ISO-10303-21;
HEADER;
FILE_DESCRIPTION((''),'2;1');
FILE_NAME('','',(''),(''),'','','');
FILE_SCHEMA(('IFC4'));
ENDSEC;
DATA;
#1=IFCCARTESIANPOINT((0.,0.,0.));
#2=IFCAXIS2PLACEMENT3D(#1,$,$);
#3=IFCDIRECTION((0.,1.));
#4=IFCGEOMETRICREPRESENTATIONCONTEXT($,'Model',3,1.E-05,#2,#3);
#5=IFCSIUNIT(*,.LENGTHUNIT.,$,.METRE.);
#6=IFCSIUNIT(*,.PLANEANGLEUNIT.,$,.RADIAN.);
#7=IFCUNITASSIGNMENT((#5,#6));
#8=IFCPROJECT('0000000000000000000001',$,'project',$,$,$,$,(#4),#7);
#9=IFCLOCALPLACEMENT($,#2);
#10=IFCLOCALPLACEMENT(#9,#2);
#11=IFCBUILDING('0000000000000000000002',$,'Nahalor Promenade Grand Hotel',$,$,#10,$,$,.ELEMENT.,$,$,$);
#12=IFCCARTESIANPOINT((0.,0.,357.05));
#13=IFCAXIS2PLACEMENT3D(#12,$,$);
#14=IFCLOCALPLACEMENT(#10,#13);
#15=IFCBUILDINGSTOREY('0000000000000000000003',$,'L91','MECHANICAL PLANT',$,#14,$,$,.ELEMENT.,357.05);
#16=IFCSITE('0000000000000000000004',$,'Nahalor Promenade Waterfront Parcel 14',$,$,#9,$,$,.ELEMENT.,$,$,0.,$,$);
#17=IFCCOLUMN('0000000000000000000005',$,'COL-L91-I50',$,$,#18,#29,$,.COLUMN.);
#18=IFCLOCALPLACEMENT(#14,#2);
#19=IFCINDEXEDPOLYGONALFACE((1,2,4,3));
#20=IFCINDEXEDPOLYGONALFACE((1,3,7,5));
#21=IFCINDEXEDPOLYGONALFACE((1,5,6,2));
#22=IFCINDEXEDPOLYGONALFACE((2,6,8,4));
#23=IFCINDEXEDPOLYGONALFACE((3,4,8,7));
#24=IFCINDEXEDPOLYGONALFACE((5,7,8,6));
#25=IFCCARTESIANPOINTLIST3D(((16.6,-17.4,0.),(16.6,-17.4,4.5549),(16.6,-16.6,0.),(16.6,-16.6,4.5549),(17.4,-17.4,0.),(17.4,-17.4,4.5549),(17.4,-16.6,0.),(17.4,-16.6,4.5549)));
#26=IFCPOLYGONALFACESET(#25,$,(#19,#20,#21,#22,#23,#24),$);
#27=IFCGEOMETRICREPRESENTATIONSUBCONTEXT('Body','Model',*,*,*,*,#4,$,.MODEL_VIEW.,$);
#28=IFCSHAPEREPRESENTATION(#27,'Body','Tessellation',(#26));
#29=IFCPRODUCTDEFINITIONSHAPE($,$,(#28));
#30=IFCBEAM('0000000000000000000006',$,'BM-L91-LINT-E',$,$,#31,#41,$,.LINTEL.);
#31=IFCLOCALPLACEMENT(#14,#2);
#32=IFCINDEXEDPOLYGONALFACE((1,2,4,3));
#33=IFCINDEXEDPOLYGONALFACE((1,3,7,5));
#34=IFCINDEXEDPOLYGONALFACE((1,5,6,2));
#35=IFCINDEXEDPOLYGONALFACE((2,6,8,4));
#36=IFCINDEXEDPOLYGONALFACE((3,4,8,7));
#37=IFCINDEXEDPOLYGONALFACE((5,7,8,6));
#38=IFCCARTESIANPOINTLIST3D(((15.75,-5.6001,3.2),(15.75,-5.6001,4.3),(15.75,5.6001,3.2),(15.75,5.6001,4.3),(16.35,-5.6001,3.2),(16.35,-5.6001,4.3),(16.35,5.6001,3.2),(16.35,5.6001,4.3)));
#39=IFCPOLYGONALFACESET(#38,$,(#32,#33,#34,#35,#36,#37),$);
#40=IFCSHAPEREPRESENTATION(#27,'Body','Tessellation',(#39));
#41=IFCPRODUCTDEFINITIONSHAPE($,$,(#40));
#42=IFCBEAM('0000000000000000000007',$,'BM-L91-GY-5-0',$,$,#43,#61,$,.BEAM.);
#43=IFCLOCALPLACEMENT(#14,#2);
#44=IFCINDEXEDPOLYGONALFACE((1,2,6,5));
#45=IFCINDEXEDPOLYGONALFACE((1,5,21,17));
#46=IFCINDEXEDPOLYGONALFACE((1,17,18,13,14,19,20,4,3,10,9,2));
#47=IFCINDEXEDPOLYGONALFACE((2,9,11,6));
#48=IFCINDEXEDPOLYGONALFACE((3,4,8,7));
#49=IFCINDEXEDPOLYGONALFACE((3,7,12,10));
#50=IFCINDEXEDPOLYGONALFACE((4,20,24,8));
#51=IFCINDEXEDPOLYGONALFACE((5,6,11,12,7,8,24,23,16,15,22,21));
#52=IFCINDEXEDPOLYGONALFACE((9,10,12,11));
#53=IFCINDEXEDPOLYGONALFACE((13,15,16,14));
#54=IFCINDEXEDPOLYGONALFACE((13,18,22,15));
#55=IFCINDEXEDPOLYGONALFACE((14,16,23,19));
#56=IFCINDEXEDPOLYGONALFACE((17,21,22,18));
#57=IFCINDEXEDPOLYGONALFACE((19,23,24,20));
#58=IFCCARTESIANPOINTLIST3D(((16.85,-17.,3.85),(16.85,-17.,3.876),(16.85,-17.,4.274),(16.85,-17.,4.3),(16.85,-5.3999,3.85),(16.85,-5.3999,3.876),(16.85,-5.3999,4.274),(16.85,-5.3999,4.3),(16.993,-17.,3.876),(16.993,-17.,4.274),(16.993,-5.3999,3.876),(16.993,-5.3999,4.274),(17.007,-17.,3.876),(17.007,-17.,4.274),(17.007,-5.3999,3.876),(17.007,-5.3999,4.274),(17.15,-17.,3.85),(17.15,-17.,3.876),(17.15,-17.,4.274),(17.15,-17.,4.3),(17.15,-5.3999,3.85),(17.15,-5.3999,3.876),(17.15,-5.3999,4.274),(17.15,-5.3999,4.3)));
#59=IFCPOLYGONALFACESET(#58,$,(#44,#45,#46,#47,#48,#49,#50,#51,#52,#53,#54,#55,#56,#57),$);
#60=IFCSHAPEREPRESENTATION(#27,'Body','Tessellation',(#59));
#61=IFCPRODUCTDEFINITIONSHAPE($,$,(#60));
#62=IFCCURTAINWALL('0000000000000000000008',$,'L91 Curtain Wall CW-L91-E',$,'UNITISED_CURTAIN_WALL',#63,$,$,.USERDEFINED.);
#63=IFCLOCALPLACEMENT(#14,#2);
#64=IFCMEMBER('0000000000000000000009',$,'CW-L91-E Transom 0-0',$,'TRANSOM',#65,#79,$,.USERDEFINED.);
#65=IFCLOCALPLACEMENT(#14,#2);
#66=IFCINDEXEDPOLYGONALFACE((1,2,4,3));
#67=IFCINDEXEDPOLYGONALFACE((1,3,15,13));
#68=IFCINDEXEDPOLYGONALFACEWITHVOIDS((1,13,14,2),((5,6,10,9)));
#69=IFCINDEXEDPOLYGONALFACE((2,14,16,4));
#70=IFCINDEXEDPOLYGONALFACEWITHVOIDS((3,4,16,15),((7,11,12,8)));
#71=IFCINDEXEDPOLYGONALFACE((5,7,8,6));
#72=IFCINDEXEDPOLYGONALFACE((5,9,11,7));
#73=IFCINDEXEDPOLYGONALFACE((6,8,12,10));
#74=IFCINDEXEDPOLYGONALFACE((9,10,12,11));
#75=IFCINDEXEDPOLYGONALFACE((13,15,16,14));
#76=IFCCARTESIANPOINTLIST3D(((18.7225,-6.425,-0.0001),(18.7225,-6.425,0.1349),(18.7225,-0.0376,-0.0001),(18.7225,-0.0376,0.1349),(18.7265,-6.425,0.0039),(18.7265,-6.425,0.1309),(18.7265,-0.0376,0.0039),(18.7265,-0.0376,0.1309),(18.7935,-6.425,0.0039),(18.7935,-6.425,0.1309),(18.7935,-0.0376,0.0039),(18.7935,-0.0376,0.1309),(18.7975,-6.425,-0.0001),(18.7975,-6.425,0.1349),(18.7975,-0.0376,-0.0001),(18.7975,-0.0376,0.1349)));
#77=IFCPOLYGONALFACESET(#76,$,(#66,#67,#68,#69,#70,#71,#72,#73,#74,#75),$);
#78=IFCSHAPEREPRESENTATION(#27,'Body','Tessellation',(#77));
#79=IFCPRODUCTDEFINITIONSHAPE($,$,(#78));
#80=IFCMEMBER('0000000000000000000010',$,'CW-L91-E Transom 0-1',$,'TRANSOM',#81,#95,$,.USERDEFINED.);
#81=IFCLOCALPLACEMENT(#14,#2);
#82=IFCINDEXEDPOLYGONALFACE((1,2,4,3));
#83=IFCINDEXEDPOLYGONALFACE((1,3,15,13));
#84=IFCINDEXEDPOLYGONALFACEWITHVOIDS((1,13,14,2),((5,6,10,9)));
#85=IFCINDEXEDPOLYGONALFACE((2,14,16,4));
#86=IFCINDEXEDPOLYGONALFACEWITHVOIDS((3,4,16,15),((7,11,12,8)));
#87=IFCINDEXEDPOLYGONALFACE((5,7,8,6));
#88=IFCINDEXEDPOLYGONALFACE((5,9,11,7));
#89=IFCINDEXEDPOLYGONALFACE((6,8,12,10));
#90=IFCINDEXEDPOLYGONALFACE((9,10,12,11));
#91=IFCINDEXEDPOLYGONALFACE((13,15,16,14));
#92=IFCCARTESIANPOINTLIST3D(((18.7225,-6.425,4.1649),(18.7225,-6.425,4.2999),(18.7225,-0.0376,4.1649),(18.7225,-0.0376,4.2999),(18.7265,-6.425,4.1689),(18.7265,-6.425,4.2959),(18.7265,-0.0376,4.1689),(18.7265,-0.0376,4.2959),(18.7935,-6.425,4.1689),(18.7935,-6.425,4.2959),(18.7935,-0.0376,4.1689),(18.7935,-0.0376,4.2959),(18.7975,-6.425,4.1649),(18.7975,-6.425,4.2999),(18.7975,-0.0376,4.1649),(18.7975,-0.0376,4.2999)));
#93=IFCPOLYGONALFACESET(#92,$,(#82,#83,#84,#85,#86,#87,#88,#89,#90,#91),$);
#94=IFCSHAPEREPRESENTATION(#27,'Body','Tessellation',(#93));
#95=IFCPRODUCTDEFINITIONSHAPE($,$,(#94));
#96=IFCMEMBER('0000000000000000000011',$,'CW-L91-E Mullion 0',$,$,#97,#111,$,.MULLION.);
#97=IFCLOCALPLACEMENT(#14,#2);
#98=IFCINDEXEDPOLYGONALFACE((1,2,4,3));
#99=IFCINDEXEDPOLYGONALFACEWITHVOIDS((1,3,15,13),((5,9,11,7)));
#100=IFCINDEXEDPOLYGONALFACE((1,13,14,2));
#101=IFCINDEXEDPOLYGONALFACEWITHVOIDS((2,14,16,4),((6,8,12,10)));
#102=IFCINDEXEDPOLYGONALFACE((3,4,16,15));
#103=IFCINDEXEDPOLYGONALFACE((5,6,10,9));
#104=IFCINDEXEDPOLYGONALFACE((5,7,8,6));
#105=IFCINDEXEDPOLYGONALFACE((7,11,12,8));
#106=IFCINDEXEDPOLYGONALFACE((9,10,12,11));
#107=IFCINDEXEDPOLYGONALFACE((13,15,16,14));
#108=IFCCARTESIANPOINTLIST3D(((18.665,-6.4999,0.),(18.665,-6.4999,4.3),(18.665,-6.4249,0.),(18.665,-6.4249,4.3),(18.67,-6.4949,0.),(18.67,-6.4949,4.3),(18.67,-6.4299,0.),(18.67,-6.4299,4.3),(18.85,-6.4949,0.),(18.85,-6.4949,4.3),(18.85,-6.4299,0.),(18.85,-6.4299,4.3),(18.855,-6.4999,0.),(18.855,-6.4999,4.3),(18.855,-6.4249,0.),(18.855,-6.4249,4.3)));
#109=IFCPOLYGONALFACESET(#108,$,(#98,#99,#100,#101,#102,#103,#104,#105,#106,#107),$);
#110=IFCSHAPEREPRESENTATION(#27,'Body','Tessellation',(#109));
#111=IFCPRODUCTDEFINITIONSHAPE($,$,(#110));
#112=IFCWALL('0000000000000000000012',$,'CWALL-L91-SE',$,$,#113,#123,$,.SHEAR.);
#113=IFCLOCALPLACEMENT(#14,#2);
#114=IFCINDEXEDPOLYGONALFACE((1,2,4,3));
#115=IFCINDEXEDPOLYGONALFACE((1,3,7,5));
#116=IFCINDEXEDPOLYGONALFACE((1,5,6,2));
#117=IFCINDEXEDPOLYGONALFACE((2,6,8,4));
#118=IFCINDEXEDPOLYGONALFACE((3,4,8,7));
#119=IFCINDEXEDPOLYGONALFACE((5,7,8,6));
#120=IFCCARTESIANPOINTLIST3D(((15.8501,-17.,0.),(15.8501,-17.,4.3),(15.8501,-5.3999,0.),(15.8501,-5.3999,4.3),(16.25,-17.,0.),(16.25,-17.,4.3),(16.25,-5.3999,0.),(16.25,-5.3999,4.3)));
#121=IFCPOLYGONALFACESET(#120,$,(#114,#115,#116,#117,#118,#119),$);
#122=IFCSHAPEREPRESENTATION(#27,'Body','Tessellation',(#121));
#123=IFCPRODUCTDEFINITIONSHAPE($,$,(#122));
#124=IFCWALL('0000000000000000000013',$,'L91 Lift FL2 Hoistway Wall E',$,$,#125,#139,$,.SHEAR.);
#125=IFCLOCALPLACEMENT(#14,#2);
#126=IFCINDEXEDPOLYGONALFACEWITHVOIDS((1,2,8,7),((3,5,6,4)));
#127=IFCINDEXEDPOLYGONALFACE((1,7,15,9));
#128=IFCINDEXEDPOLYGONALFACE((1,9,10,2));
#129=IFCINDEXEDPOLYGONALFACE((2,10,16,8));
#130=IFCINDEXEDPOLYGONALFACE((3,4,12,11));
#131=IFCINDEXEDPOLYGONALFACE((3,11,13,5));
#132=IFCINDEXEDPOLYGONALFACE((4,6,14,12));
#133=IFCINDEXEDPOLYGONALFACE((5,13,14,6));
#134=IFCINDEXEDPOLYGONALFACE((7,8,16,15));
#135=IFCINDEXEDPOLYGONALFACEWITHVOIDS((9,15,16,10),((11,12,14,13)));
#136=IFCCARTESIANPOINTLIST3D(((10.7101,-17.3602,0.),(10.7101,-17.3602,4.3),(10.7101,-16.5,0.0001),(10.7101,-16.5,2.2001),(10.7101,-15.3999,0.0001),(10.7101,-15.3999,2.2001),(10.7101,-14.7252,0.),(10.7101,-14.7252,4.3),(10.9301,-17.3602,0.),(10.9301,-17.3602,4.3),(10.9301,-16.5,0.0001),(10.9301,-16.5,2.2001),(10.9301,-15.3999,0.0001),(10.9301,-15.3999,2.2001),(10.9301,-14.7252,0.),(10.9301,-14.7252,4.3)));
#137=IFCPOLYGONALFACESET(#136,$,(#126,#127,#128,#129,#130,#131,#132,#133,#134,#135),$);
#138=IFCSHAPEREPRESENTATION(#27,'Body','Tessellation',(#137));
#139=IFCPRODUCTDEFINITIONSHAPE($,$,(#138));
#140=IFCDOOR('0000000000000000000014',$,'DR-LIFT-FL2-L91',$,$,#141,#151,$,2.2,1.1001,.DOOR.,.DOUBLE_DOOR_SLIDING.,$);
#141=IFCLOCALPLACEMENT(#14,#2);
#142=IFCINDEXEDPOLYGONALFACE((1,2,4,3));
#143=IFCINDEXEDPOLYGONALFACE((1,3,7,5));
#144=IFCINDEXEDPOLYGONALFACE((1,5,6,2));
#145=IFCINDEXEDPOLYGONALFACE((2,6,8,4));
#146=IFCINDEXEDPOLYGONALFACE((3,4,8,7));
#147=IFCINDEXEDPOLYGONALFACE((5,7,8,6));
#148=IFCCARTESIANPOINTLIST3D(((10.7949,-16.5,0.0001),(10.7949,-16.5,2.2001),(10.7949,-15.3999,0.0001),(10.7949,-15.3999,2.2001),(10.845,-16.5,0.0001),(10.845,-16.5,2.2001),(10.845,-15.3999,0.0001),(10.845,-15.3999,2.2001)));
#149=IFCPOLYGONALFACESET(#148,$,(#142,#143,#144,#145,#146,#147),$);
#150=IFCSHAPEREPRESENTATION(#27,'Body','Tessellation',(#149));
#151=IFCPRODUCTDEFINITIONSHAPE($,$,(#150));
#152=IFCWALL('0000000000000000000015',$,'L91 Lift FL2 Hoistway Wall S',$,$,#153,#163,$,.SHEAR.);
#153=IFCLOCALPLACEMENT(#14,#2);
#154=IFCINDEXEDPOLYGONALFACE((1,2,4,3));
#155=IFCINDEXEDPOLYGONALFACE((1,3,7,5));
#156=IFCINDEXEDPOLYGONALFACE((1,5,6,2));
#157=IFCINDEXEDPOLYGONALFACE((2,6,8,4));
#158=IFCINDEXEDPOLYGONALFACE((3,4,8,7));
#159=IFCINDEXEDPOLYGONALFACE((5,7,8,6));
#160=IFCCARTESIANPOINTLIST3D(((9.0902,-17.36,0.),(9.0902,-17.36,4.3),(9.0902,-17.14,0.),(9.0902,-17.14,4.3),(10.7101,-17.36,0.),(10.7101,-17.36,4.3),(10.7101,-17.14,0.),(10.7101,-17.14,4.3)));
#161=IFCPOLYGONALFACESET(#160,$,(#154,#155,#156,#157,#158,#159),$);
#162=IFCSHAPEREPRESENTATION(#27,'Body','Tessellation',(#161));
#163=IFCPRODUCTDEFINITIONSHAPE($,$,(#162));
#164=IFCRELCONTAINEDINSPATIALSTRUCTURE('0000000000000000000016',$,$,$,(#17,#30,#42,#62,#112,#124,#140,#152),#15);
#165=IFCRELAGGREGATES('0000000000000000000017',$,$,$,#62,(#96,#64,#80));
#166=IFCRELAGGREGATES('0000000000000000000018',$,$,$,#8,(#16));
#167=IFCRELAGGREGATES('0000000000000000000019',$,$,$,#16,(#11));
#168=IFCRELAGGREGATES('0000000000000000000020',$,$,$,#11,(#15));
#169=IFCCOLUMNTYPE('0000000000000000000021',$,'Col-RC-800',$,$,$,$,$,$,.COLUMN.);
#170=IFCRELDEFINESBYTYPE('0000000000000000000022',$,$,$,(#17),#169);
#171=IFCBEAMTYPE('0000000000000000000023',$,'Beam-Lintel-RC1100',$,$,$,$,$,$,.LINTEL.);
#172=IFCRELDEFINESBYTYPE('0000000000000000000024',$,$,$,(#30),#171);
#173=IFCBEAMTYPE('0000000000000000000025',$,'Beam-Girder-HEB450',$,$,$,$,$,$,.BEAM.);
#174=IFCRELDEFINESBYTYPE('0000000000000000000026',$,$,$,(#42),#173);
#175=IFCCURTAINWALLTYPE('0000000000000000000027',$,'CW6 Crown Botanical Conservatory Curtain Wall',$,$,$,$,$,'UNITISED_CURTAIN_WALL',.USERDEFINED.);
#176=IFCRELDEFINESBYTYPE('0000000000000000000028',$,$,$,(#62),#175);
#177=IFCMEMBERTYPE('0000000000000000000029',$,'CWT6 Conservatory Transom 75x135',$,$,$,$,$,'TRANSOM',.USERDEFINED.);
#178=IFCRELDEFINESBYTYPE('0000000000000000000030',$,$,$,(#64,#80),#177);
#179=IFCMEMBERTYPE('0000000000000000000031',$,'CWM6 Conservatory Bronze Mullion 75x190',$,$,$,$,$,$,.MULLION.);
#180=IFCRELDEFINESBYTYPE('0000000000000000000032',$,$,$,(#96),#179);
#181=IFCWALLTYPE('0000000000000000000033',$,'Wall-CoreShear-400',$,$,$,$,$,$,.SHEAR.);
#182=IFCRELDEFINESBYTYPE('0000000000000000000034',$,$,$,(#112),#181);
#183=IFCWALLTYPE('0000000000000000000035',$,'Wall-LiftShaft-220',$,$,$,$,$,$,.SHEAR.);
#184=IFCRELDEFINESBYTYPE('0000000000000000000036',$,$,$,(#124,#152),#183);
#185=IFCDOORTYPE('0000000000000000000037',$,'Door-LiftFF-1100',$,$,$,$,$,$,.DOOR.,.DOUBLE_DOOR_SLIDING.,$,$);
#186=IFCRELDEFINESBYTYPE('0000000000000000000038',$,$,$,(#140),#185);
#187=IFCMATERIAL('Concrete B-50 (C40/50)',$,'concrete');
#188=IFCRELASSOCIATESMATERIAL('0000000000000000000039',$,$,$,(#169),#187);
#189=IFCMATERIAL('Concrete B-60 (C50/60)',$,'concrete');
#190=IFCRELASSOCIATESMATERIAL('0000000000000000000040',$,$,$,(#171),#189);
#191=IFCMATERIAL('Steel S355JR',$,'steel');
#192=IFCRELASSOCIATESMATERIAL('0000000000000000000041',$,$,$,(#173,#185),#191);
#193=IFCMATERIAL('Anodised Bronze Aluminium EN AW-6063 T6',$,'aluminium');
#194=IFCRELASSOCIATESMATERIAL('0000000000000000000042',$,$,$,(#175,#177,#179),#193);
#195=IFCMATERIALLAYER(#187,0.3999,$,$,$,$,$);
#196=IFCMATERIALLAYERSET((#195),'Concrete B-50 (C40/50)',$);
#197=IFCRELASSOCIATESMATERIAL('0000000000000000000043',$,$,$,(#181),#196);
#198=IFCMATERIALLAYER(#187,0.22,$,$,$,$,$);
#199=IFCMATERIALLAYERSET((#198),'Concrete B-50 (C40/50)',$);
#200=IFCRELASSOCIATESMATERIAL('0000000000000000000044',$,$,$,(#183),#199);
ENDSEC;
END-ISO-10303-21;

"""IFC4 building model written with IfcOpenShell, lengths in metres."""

from ifc_helpers import new_model, si_unit, direction, frame, frame_2d, origin, origin_2d, place, context, subcontext, project, spatial, rectangle, hollow_rectangle, i_section, extrude, source, transform, mapped, material, layer, layer_set, material_profile, profile_set, type_object, element, fill, aggregate, save


model = new_model("IFC4")

# Units and contexts
model_context = context("Model", 3, precision=1e-05, world=origin(), true_north=direction((0.0, 1.0)))
body_context = subcontext(model_context, "Body", "Model", "MODEL_VIEW")
ifc_project = project(units=[si_unit("LENGTHUNIT", "METRE"), si_unit("PLANEANGLEUNIT", "RADIAN")], contexts=[model_context])

# Site, building, storey
site_placement = place(None, origin())
site = spatial("IfcSite", under=ifc_project, at=site_placement, Name="Nahalor Promenade Waterfront Parcel 14", CompositionType="ELEMENT", RefElevation=0.0)
building_placement = place(site_placement, origin())
building = spatial("IfcBuilding", under=site, at=building_placement, Name="Nahalor Promenade Grand Hotel", CompositionType="ELEMENT")
storey_placement = place(building_placement, frame((0.0, 0.0, 357.05)))
storey = spatial("IfcBuildingStorey", under=building, at=storey_placement, Name="L91", Description="MECHANICAL PLANT", CompositionType="ELEMENT", Elevation=357.05)

# Column
ifc_material_1 = material(Name="Concrete B-50 (C40/50)", Category="concrete")
ifc_material_profile_1 = material_profile(ifc_material_1, rectangle(XDim=0.8, YDim=0.8, at=origin_2d()), Name="RC 800x800")
ifc_profile_set_1 = profile_set([ifc_material_profile_1], Name="Concrete B-50 (C40/50)")
column_type = type_object("IfcColumnType", Name="Col-RC-800", PredefinedType="COLUMN", material=ifc_profile_set_1)
shared_shape_1 = source(origin(), body_context, "Body", "SweptSolid", [
    extrude(rectangle(XDim=0.8, YDim=0.8, at=origin_2d()), origin(), (0.0, 0.0, 1.0), 4.5549),
])
column_placement = place(storey_placement, frame((17.0, -17.0, 0.0), z_axis=(0.0, 0.0, 1.0), x_axis=(1.0, 0.0, 0.0)))
element("IfcColumn", 1, at=column_placement, inside=storey, type_object=column_type, Name="COL-L91-I50", PredefinedType="COLUMN", context=body_context, shape_type="MappedRepresentation", body=[
    mapped(shared_shape_1, transform((0.0, 0.0, 0.0), scale=1.0)),
])

# Beams
ifc_material_2 = material(Name="Concrete B-60 (C50/60)", Category="concrete")
ifc_material_profile_2 = material_profile(ifc_material_2, rectangle(XDim=0.6, YDim=1.1, at=origin_2d()), Name="RC 600x1100")
ifc_profile_set_2 = profile_set([ifc_material_profile_2], Name="Concrete B-60 (C50/60)")
beam_type_1 = type_object("IfcBeamType", Name="Beam-Lintel-RC1100", PredefinedType="LINTEL", material=ifc_profile_set_2)
shared_shape_2 = source(origin(), body_context, "Body", "SweptSolid", [
    extrude(rectangle(XDim=0.6, YDim=1.1, at=origin_2d()), origin(), (0.0, 0.0, 1.0), 11.2002),
])
beam_1_placement = place(storey_placement, frame((16.05, -5.6001, 3.75), z_axis=(0.0, 1.0, 0.0), x_axis=(-1.0, 0.0, 0.0)))
element("IfcBeam", 2, at=beam_1_placement, inside=storey, type_object=beam_type_1, Name="BM-L91-LINT-E", PredefinedType="LINTEL", context=body_context, shape_type="MappedRepresentation", body=[
    mapped(shared_shape_2, transform((0.0, 0.0, 0.0), scale=1.0)),
])
ifc_material_3 = material(Name="Steel S355JR", Category="steel")
ifc_material_profile_3 = material_profile(ifc_material_3, i_section(OverallWidth=0.3, OverallDepth=0.45, WebThickness=0.014, FlangeThickness=0.026, at=origin_2d()), Name="HEB 450")
ifc_profile_set_3 = profile_set([ifc_material_profile_3], Name="Steel S355JR")
beam_type_2 = type_object("IfcBeamType", Name="Beam-Girder-HEB450", PredefinedType="BEAM", material=ifc_profile_set_3)
shared_shape_3 = source(origin(), body_context, "Body", "SweptSolid", [
    extrude(i_section(OverallWidth=0.3, OverallDepth=0.45, WebThickness=0.014, FlangeThickness=0.026, at=origin_2d()), origin(), (0.0, 0.0, 1.0), 11.6001),
])
beam_2_placement = place(storey_placement, frame((17.0, -17.0, 4.075), z_axis=(0.0, 1.0, 0.0), x_axis=(-1.0, 0.0, 0.0)))
element("IfcBeam", 3, at=beam_2_placement, inside=storey, type_object=beam_type_2, Name="BM-L91-GY-5-0", PredefinedType="BEAM", context=body_context, shape_type="MappedRepresentation", body=[
    mapped(shared_shape_3, transform((0.0, 0.0, 0.0), scale=1.0)),
])

# Curtain wall, members
ifc_material_4 = material(Name="Anodised Bronze Aluminium EN AW-6063 T6", Category="aluminium")
curtain_wall_type = type_object("IfcCurtainWallType", Name="CW6 Crown Botanical Conservatory Curtain Wall", ElementType="UNITISED_CURTAIN_WALL", PredefinedType="USERDEFINED", material=ifc_material_4)
curtain_wall_placement = place(storey_placement, origin())
curtain_wall = element("IfcCurtainWall", 4, at=curtain_wall_placement, inside=storey, type_object=curtain_wall_type, Name="L91 Curtain Wall CW-L91-E", ObjectType="UNITISED_CURTAIN_WALL", PredefinedType="USERDEFINED")
ifc_material_profile_4 = material_profile(ifc_material_4, hollow_rectangle(XDim=0.075, YDim=0.135, WallThickness=0.004, at=origin_2d()), Name="CWT 75x135x4")
ifc_profile_set_4 = profile_set([ifc_material_profile_4], Name="Anodised Bronze Aluminium EN AW-6063 T6")
member_type_1 = type_object("IfcMemberType", Name="CWT6 Conservatory Transom 75x135", ElementType="TRANSOM", PredefinedType="USERDEFINED", material=ifc_profile_set_4)
shared_shape_4 = source(origin(), body_context, "Body", "SweptSolid", [
    extrude(hollow_rectangle(XDim=0.075, YDim=0.135, WallThickness=0.004, at=origin_2d()), origin(), (0.0, 0.0, 1.0), 6.3875),
])
member_1_placement = place(storey_placement, frame((18.76, -6.425, 0.0674), z_axis=(0.0, 1.0, 0.0), x_axis=(-1.0, 0.0, 0.0)))
member_1 = element("IfcMember", 5, at=member_1_placement, type_object=member_type_1, Name="CW-L91-E Transom 0-0", ObjectType="TRANSOM", PredefinedType="USERDEFINED", context=body_context, shape_type="MappedRepresentation", body=[
    mapped(shared_shape_4, transform((0.0, 0.0, 0.0), scale=1.0)),
])
member_2_placement = place(storey_placement, frame((18.76, -6.425, 4.2324), z_axis=(0.0, 1.0, 0.0), x_axis=(-1.0, 0.0, 0.0)))
member_2 = element("IfcMember", 6, at=member_2_placement, type_object=member_type_1, Name="CW-L91-E Transom 0-1", ObjectType="TRANSOM", PredefinedType="USERDEFINED", context=body_context, shape_type="MappedRepresentation", body=[
    mapped(shared_shape_4, transform((0.0, 0.0, 0.0), scale=1.0)),
])
ifc_material_profile_5 = material_profile(ifc_material_4, hollow_rectangle(XDim=0.075, YDim=0.19, WallThickness=0.005, at=origin_2d()), Name="CWM 75x190x5")
ifc_profile_set_5 = profile_set([ifc_material_profile_5], Name="Anodised Bronze Aluminium EN AW-6063 T6")
member_type_2 = type_object("IfcMemberType", Name="CWM6 Conservatory Bronze Mullion 75x190", PredefinedType="MULLION", material=ifc_profile_set_5)
shared_shape_5 = source(origin(), body_context, "Body", "SweptSolid", [
    extrude(hollow_rectangle(XDim=0.075, YDim=0.19, WallThickness=0.005, at=origin_2d()), origin(), (0.0, 0.0, 1.0), 4.3),
])
member_3_placement = place(storey_placement, frame((18.76, -6.4624, 0.0), z_axis=(0.0, 0.0, 1.0), x_axis=(0.0, 1.0, 0.0)))
member_3 = element("IfcMember", 7, at=member_3_placement, type_object=member_type_2, Name="CW-L91-E Mullion 0", PredefinedType="MULLION", context=body_context, shape_type="MappedRepresentation", body=[
    mapped(shared_shape_5, transform((0.0, 0.0, 0.0), scale=1.0)),
])
aggregate(curtain_wall, [member_3, member_1, member_2])

# Wall
ifc_layer_1 = layer(ifc_material_1, 0.3999)
ifc_layer_set_1 = layer_set([ifc_layer_1], Name="Concrete B-50 (C40/50)")
wall_type_1 = type_object("IfcWallType", Name="Wall-CoreShear-400", PredefinedType="SHEAR", material=ifc_layer_set_1)
shared_shape_6 = source(origin(), body_context, "Body", "SweptSolid", [
    extrude(rectangle(XDim=11.6001, YDim=0.3999, at=frame_2d((5.8, 0.0))), origin(), (0.0, 0.0, 1.0), 4.3),
])
wall_1_placement = place(storey_placement, frame((16.05, -17.0, 0.0), z_axis=(0.0, 0.0, 1.0), x_axis=(0.0, 1.0, 0.0)))
element("IfcWall", 8, at=wall_1_placement, inside=storey, type_object=wall_type_1, Name="CWALL-L91-SE", PredefinedType="SHEAR", context=body_context, shape_type="MappedRepresentation", body=[
    mapped(shared_shape_6, transform((0.0, 0.0, 0.0), scale=1.0)),
])

# Wall, opening, door
ifc_layer_2 = layer(ifc_material_1, 0.22)
ifc_layer_set_2 = layer_set([ifc_layer_2], Name="Concrete B-50 (C40/50)")
wall_type_2 = type_object("IfcWallType", Name="Wall-LiftShaft-220", PredefinedType="SHEAR", material=ifc_layer_set_2)
shared_shape_7 = source(origin(), body_context, "Body", "SweptSolid", [
    extrude(rectangle(XDim=2.635, YDim=0.22, at=frame_2d((1.3174, 0.0))), origin(), (0.0, 0.0, 1.0), 4.3),
])
wall_2_placement = place(storey_placement, frame((10.8201, -17.3601, 0.0), z_axis=(0.0, 0.0, 1.0), x_axis=(0.0, 1.0, 0.0)))
wall_2 = element("IfcWall", 9, at=wall_2_placement, inside=storey, type_object=wall_type_2, Name="L91 Lift FL2 Hoistway Wall E", PredefinedType="SHEAR", context=body_context, shape_type="MappedRepresentation", body=[
    mapped(shared_shape_7, transform((0.0, 0.0, 0.0), scale=1.0)),
])
opening_1_placement = place(wall_2_placement, frame((0.8601, 0.0, 0.0)))
opening_1 = element("IfcOpeningElement", 10, at=opening_1_placement, cuts=wall_2, PredefinedType="OPENING", context=body_context, shape_type="SweptSolid", body=[
    extrude(rectangle(XDim=1.1001, YDim=2.2, at=frame_2d((0.55, 1.1001))), frame((0.0, 0.1199, 0.0), z_axis=(0.0, -1.0, 0.0), x_axis=(1.0, 0.0, 0.0)), (0.0, 0.0, 1.0), 0.24),
])
door_type_1 = type_object("IfcDoorType", Name="Door-LiftFF-1100", OperationType="DOUBLE_DOOR_SLIDING", PredefinedType="DOOR", material=ifc_material_3)
shared_shape_8 = source(origin(), body_context, "Body", "SweptSolid", [
    extrude(rectangle(XDim=1.1001, YDim=2.2, at=frame_2d((0.55, 1.1001))), frame((0.0, 0.0249, 0.0), z_axis=(0.0, -1.0, 0.0), x_axis=(1.0, 0.0, 0.0)), (0.0, 0.0, 1.0), 0.05),
])
door_1_placement = place(opening_1_placement, frame((1.1001, 0.0, 0.0), z_axis=(0.0, 0.0, 1.0), x_axis=(-1.0, 0.0, 0.0)))
door_1 = element("IfcDoor", 11, at=door_1_placement, inside=storey, type_object=door_type_1, Name="DR-LIFT-FL2-L91", OperationType="DOUBLE_DOOR_SLIDING", OverallHeight=2.2, OverallWidth=1.1001, PredefinedType="DOOR", context=body_context, shape_type="MappedRepresentation", body=[
    mapped(shared_shape_8, transform((0.0, 0.0, 0.0), scale=1.0)),
])
fill(opening_1, door_1)

# Wall
shared_shape_9 = source(origin(), body_context, "Body", "SweptSolid", [
    extrude(rectangle(XDim=1.6199, YDim=0.22, at=frame_2d((0.8101, 0.0))), origin(), (0.0, 0.0, 1.0), 4.3),
])
wall_3_placement = place(storey_placement, frame((9.0901, -17.25, 0.0), z_axis=(0.0, 0.0, 1.0), x_axis=(1.0, 0.0, 0.0)))
element("IfcWall", 12, at=wall_3_placement, inside=storey, type_object=wall_type_2, Name="L91 Lift FL2 Hoistway Wall S", PredefinedType="SHEAR", context=body_context, shape_type="MappedRepresentation", body=[
    mapped(shared_shape_9, transform((0.0, 0.0, 0.0), scale=1.0)),
])

save(model, "model.ifc")
